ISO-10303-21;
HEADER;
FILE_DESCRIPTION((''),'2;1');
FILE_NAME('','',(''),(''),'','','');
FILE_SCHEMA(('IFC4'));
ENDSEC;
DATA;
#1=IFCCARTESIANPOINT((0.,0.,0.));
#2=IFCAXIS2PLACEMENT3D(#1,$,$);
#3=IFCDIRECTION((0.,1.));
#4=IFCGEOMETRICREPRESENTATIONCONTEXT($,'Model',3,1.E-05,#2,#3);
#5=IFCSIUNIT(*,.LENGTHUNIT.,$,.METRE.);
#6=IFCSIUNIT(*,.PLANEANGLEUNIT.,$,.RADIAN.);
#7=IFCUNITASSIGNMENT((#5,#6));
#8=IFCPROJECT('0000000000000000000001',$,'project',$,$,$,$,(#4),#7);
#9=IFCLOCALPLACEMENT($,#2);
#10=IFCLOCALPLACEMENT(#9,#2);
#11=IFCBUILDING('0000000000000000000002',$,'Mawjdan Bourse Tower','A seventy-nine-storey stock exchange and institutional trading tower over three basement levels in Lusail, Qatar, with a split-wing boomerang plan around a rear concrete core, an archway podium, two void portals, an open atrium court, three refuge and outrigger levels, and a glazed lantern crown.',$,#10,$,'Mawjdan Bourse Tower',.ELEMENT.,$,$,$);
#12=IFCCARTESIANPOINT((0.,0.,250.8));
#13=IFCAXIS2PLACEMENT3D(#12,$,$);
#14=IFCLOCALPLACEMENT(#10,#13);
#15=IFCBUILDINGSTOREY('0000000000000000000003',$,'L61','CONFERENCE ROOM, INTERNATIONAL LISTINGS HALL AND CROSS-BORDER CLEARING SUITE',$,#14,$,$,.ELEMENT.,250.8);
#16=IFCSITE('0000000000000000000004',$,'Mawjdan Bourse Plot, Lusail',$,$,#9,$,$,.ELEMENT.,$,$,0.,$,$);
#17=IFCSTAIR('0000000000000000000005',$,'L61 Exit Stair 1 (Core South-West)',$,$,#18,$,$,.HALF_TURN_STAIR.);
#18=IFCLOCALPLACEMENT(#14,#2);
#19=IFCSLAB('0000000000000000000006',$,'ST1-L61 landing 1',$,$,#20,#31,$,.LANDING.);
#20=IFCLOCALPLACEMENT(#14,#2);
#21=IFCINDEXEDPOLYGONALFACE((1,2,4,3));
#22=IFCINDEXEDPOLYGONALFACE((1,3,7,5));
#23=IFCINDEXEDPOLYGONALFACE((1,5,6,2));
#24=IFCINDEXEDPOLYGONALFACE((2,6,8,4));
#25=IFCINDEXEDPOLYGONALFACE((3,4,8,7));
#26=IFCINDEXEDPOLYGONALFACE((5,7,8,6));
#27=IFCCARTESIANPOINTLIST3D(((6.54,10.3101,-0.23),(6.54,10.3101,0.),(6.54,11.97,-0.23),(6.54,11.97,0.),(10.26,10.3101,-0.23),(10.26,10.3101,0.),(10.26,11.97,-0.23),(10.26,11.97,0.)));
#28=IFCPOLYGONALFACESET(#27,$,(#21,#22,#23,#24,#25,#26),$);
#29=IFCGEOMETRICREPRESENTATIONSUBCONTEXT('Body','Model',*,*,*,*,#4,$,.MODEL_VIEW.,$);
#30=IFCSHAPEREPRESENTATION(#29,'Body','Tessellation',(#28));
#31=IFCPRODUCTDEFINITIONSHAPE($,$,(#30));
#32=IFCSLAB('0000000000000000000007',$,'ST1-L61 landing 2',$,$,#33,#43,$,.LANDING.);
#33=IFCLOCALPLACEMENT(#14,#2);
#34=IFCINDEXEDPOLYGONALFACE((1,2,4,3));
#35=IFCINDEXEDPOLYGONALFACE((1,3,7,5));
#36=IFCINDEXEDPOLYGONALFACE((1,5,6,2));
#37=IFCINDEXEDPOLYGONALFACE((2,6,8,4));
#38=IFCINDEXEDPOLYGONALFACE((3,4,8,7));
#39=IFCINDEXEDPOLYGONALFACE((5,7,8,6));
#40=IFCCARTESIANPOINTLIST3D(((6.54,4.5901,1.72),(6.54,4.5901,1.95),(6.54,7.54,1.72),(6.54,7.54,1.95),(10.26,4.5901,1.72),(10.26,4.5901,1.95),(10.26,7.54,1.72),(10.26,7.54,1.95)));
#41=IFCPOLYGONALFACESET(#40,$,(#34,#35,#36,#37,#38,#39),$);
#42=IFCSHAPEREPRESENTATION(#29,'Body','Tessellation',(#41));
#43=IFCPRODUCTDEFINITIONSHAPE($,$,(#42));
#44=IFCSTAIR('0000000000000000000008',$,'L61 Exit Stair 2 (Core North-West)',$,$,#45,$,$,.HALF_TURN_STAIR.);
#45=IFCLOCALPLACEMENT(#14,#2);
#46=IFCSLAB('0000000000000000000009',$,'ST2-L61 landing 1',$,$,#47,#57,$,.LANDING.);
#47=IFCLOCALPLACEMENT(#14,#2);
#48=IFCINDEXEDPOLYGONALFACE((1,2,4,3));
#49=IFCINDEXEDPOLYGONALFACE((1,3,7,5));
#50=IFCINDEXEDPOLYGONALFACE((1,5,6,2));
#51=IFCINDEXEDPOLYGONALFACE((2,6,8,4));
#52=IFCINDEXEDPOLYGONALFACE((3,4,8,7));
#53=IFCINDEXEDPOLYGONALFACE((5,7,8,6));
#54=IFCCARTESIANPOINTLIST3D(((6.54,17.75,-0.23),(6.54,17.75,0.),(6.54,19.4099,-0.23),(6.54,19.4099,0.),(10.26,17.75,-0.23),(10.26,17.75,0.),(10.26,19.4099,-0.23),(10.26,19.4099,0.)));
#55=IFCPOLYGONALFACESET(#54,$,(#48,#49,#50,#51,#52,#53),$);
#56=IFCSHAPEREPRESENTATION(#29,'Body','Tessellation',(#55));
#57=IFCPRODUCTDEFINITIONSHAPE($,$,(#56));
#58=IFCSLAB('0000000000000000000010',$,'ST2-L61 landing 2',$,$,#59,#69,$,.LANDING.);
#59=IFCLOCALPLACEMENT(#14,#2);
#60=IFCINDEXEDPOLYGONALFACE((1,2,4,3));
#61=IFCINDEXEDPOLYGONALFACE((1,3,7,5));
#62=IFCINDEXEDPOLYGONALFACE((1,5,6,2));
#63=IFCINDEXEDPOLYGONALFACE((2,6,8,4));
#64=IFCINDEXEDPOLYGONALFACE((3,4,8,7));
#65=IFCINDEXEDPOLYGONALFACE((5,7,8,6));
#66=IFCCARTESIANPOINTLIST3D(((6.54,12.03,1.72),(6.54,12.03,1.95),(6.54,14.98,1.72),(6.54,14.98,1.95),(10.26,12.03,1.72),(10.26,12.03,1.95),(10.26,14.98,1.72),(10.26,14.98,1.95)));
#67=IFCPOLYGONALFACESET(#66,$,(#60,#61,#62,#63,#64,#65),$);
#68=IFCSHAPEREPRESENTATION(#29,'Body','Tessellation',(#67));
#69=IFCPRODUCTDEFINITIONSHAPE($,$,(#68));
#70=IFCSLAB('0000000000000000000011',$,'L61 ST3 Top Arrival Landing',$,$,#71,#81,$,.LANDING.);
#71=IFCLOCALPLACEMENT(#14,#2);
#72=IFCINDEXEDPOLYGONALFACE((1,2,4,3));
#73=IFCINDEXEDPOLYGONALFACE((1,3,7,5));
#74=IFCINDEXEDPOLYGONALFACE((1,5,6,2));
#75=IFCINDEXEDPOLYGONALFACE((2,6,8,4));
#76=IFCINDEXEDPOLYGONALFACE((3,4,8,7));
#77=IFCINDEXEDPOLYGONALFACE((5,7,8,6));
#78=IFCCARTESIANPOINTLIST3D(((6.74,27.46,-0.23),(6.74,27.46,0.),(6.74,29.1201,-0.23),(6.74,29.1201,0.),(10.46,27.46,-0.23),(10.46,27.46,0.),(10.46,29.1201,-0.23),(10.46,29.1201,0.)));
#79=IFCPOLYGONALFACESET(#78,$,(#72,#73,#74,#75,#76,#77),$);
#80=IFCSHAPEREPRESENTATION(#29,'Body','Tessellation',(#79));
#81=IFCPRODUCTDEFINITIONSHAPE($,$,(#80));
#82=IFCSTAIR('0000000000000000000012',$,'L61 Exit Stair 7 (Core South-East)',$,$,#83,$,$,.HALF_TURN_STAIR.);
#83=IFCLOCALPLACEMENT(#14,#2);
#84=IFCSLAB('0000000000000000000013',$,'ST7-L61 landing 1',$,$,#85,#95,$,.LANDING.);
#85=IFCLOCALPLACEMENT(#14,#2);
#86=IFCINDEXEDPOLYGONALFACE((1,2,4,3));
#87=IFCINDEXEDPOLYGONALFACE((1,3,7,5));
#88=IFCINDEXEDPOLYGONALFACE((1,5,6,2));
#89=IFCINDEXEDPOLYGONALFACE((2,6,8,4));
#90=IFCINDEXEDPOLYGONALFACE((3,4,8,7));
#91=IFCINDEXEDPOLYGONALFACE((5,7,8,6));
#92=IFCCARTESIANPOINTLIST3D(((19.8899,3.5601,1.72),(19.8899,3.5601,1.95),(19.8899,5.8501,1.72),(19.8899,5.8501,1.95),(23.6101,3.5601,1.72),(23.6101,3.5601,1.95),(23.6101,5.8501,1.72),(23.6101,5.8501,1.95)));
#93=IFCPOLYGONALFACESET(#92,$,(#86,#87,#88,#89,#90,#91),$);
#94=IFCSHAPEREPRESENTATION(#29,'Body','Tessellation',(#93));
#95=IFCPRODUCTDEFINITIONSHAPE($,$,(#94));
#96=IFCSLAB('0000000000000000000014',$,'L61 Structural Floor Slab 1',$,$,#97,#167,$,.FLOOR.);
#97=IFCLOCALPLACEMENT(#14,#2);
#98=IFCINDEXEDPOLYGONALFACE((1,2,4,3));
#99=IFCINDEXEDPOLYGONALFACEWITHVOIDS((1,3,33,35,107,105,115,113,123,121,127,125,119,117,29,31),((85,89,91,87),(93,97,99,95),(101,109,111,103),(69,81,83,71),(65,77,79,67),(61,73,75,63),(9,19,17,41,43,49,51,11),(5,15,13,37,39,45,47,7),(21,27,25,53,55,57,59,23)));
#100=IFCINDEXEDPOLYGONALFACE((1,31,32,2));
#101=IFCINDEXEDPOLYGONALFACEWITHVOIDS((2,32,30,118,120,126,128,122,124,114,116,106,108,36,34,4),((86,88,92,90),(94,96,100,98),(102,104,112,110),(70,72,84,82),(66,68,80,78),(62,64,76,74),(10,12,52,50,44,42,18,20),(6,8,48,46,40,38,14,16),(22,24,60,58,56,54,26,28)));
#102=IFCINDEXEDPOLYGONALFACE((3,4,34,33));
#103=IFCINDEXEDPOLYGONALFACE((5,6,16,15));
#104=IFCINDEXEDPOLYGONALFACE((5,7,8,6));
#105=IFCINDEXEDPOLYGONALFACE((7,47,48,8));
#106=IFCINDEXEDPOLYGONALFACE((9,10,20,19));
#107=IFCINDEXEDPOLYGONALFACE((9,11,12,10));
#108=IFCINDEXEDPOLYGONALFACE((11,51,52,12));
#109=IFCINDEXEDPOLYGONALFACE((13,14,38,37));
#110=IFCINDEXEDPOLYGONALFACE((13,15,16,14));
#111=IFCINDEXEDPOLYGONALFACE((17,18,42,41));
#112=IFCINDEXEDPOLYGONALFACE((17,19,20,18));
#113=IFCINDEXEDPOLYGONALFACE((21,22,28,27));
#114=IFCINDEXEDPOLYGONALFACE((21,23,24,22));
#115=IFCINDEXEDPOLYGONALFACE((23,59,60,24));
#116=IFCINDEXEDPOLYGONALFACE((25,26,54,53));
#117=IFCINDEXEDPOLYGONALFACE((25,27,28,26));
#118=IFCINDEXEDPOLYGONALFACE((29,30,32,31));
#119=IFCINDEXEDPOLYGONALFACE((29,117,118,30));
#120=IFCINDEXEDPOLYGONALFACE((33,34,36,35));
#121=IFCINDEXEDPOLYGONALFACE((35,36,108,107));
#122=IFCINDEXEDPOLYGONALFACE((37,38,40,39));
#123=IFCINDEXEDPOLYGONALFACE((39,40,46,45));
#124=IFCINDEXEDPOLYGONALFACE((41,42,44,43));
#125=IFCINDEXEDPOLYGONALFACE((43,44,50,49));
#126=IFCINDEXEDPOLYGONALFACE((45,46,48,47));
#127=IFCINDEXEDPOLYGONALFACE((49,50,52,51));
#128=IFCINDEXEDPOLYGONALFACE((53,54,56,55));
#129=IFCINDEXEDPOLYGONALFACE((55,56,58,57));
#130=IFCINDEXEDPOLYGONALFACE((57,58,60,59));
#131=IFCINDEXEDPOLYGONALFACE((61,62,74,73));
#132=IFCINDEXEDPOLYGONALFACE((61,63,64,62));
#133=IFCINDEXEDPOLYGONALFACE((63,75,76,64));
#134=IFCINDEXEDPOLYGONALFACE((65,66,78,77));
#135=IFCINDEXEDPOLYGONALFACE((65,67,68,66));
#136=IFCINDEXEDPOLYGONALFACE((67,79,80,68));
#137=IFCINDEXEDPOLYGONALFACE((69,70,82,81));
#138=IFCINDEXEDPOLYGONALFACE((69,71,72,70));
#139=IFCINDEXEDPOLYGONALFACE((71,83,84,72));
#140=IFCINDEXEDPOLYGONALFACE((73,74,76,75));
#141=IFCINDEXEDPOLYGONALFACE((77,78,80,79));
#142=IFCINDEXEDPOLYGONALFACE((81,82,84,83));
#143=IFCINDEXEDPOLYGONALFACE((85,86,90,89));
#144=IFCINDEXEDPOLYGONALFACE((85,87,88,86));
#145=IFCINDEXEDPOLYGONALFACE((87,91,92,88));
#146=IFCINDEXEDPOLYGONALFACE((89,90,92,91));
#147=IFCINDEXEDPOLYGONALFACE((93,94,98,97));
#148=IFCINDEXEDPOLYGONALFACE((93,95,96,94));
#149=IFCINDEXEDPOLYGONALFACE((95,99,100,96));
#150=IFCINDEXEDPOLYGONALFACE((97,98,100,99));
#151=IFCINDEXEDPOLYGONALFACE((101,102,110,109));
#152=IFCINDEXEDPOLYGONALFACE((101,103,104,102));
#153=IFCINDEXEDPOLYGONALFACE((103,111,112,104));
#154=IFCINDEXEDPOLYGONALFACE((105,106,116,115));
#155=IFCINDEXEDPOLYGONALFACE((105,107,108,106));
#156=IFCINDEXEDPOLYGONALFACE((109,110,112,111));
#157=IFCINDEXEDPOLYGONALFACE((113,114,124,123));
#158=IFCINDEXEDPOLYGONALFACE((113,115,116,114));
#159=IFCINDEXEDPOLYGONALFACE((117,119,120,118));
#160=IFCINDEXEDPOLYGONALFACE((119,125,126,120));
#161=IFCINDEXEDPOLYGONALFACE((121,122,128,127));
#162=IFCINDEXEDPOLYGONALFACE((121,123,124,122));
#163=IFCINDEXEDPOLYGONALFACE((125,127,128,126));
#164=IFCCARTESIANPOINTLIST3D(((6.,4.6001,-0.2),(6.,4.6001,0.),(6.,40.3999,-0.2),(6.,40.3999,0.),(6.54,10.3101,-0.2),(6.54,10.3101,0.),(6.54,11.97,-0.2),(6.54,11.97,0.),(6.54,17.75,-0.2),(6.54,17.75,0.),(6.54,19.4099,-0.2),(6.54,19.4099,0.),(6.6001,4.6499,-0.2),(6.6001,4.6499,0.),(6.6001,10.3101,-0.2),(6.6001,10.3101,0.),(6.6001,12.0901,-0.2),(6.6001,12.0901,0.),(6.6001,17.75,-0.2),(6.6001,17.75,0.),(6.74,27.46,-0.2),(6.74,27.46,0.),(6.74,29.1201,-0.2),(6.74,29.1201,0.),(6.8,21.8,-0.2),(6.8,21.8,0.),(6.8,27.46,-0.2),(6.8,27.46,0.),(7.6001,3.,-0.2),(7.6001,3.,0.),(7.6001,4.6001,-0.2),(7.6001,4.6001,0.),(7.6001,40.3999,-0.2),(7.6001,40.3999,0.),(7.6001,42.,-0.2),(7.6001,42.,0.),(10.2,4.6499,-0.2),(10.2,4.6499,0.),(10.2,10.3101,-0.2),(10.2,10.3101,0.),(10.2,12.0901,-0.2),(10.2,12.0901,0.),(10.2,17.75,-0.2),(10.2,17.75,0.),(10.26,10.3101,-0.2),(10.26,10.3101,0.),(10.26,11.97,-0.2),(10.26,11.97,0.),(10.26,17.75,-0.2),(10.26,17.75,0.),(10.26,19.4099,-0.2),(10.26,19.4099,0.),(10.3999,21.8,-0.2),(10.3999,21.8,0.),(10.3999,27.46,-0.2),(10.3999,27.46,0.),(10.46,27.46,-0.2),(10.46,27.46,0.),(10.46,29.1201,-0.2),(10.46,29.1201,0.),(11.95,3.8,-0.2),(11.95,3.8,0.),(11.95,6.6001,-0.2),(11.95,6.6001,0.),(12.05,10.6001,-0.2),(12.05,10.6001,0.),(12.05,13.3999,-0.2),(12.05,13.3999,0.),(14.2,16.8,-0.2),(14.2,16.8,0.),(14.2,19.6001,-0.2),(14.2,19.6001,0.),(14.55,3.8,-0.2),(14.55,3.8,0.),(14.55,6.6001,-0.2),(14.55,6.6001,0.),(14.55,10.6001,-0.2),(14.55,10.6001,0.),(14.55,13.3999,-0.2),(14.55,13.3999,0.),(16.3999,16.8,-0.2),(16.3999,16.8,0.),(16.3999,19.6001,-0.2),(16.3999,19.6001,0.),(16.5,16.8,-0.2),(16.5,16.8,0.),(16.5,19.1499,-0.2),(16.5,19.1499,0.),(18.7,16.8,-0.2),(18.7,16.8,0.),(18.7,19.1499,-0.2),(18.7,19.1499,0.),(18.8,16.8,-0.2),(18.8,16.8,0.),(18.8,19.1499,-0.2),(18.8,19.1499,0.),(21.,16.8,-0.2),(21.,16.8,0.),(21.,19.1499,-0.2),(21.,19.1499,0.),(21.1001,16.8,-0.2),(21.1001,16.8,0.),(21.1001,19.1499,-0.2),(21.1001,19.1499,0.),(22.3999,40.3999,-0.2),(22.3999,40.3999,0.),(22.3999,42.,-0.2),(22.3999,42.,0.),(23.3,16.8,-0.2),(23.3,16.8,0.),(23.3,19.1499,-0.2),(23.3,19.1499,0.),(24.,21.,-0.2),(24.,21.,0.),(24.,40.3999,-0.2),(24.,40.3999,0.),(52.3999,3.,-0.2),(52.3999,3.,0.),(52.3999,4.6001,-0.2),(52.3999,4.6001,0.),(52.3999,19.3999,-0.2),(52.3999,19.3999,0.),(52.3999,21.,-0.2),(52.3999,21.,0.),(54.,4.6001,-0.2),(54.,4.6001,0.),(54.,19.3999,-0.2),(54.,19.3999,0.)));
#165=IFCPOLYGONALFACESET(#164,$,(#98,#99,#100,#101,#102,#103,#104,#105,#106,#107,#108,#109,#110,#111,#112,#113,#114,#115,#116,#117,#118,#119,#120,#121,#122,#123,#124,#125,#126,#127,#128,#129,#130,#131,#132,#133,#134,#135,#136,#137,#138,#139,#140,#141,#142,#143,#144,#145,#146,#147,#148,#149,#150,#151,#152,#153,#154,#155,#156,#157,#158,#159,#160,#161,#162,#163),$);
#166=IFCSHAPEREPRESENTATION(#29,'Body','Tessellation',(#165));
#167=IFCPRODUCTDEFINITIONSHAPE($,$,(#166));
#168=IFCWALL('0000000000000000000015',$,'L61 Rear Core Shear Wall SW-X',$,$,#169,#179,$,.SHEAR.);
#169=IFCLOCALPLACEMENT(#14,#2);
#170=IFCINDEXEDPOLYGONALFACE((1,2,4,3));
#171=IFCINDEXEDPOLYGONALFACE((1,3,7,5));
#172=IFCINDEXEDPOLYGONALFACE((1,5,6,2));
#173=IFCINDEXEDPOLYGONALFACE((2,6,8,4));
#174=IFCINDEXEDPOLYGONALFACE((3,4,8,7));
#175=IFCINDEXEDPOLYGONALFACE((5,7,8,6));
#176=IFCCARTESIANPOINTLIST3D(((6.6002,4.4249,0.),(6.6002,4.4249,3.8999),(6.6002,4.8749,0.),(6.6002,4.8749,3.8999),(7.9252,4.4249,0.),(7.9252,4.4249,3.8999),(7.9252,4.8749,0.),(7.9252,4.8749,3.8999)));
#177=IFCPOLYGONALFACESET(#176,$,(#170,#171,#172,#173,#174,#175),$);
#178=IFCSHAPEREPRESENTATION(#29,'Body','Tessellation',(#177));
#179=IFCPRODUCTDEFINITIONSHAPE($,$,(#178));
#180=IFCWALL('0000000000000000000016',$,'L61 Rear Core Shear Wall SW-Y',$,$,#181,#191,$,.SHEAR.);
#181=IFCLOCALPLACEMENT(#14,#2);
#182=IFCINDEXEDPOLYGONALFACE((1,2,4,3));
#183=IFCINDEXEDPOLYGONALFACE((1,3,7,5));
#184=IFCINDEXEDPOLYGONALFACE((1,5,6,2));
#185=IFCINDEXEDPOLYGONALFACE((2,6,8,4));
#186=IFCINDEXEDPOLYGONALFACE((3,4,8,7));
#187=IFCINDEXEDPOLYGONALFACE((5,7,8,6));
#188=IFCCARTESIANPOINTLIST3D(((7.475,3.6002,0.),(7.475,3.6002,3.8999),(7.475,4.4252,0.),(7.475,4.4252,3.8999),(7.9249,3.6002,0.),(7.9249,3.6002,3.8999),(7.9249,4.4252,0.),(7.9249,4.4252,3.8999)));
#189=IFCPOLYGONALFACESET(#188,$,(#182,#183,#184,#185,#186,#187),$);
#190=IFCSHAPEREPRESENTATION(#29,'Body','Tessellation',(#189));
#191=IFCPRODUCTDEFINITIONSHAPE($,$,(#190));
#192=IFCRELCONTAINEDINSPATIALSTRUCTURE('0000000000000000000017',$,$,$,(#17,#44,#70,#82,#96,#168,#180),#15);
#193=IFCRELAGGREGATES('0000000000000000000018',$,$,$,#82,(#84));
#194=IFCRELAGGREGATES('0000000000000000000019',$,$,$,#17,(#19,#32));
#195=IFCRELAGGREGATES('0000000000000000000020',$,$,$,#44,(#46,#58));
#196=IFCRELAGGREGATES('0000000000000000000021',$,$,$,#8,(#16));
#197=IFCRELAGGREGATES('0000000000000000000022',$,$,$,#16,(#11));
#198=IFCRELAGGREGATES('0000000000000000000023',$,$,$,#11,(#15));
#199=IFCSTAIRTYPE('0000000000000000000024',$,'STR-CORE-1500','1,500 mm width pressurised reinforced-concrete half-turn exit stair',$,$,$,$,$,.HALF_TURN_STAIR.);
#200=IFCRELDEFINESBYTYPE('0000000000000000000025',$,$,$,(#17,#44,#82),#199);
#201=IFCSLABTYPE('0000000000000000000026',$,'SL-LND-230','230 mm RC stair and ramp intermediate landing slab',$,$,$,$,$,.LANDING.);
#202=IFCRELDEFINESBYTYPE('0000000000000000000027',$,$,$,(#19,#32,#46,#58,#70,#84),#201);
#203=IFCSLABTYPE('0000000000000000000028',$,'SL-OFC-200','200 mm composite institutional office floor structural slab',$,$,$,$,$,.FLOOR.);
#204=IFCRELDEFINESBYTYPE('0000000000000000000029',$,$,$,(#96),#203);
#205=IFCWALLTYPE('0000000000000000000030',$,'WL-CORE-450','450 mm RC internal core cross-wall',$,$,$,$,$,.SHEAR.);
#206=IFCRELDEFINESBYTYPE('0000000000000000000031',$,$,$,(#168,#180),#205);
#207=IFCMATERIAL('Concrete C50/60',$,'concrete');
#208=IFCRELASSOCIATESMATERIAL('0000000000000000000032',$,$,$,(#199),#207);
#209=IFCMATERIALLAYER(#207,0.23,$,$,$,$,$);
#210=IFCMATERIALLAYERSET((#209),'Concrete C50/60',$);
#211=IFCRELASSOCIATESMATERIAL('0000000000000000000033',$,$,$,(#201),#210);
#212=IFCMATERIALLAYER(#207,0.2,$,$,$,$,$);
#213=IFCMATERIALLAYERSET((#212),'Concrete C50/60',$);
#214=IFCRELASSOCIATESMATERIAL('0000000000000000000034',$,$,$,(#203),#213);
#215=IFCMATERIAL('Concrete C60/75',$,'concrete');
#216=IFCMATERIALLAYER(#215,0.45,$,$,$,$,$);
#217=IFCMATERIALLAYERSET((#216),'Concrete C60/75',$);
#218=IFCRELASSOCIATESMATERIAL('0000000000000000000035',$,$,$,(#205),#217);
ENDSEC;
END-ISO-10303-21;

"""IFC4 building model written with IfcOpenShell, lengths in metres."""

from ifc_helpers import new_model, si_unit, direction, frame, frame_2d, origin, place, context, subcontext, project, spatial, polyline, rectangle, outline, extrude, material, layer, layer_set, type_object, element, aggregate, save


model = new_model("IFC4")

# Units and contexts
model_context = context("Model", 3, precision=1e-05, world=origin(), true_north=direction((0.0, 1.0)))
body_context = subcontext(model_context, "Body", "Model", "MODEL_VIEW")
ifc_project = project(units=[si_unit("LENGTHUNIT", "METRE"), si_unit("PLANEANGLEUNIT", "RADIAN")], contexts=[model_context])

# Site, building, storey
site_placement = place(None, origin())
site = spatial("IfcSite", under=ifc_project, at=site_placement, Name="Mawjdan Bourse Plot, Lusail", CompositionType="ELEMENT", RefElevation=0.0)
building_placement = place(site_placement, origin())
building = spatial("IfcBuilding", under=site, at=building_placement, Name="Mawjdan Bourse Tower", Description="A seventy-nine-storey stock exchange and institutional trading tower over three basement levels in Lusail, Qatar, with a split-wing boomerang plan around a rear concrete core, an archway podium, two void portals, an open atrium court, three refuge and outrigger levels, and a glazed lantern crown.", LongName="Mawjdan Bourse Tower", CompositionType="ELEMENT")
storey_placement = place(building_placement, frame((0.0, 0.0, 250.8)))
storey = spatial("IfcBuildingStorey", under=building, at=storey_placement, Name="L61", Description="CONFERENCE ROOM, INTERNATIONAL LISTINGS HALL AND CROSS-BORDER CLEARING SUITE", CompositionType="ELEMENT", Elevation=250.8)

# Stairs, slabs
ifc_material_1 = material(Name="Concrete C50/60", Category="concrete")
stair_type = type_object("IfcStairType", Name="STR-CORE-1500", Description="1,500 mm width pressurised reinforced-concrete half-turn exit stair", PredefinedType="HALF_TURN_STAIR", material=ifc_material_1)
stair_1_placement = place(storey_placement, origin())
stair_1 = element("IfcStair", 1, at=stair_1_placement, inside=storey, type_object=stair_type, Name="L61 Exit Stair 1 (Core South-West)", PredefinedType="HALF_TURN_STAIR")
ifc_layer_1 = layer(ifc_material_1, 0.23)
ifc_layer_set_1 = layer_set([ifc_layer_1], Name="Concrete C50/60")
slab_type_1 = type_object("IfcSlabType", Name="SL-LND-230", Description="230 mm RC stair and ramp intermediate landing slab", PredefinedType="LANDING", material=ifc_layer_set_1)
slab_1_placement = place(storey_placement, frame((0.0, 0.0, -0.23)))
slab_1 = element("IfcSlab", 2, at=slab_1_placement, type_object=slab_type_1, Name="ST1-L61 landing 1", PredefinedType="LANDING", context=body_context, shape_type="SweptSolid", body=[
    extrude(outline(polyline([(6.54, 10.3101), (10.26, 10.3101), (10.26, 11.97), (6.54, 11.97), (6.54, 10.3101)])), origin(), (0.0, 0.0, 1.0), 0.23),
])
slab_2_placement = place(storey_placement, frame((0.0, 0.0, 1.72)))
slab_2 = element("IfcSlab", 3, at=slab_2_placement, type_object=slab_type_1, Name="ST1-L61 landing 2", PredefinedType="LANDING", context=body_context, shape_type="SweptSolid", body=[
    extrude(outline(polyline([(6.54, 4.5901), (10.26, 4.5901), (10.26, 7.54), (6.54, 7.54), (6.54, 4.5901)])), origin(), (0.0, 0.0, 1.0), 0.23),
])
stair_2_placement = place(storey_placement, origin())
stair_2 = element("IfcStair", 4, at=stair_2_placement, inside=storey, type_object=stair_type, Name="L61 Exit Stair 2 (Core North-West)", PredefinedType="HALF_TURN_STAIR")
slab_3_placement = place(storey_placement, frame((0.0, 0.0, -0.23)))
slab_3 = element("IfcSlab", 5, at=slab_3_placement, type_object=slab_type_1, Name="ST2-L61 landing 1", PredefinedType="LANDING", context=body_context, shape_type="SweptSolid", body=[
    extrude(outline(polyline([(6.54, 17.75), (10.26, 17.75), (10.26, 19.4099), (6.54, 19.4099), (6.54, 17.75)])), origin(), (0.0, 0.0, 1.0), 0.23),
])
slab_4_placement = place(storey_placement, frame((0.0, 0.0, 1.72)))
slab_4 = element("IfcSlab", 6, at=slab_4_placement, type_object=slab_type_1, Name="ST2-L61 landing 2", PredefinedType="LANDING", context=body_context, shape_type="SweptSolid", body=[
    extrude(outline(polyline([(6.54, 12.03), (10.26, 12.03), (10.26, 14.98), (6.54, 14.98), (6.54, 12.03)])), origin(), (0.0, 0.0, 1.0), 0.23),
])

# Slab
slab_5_placement = place(storey_placement, frame((0.0, 0.0, -0.23)))
element("IfcSlab", 7, at=slab_5_placement, inside=storey, type_object=slab_type_1, Name="L61 ST3 Top Arrival Landing", PredefinedType="LANDING", context=body_context, shape_type="SweptSolid", body=[
    extrude(outline(polyline([(6.74, 27.46), (10.46, 27.46), (10.46, 29.1201), (6.74, 29.1201), (6.74, 27.46)])), origin(), (0.0, 0.0, 1.0), 0.23),
])

# Stair, slab
stair_3_placement = place(storey_placement, origin())
stair_3 = element("IfcStair", 8, at=stair_3_placement, inside=storey, type_object=stair_type, Name="L61 Exit Stair 7 (Core South-East)", PredefinedType="HALF_TURN_STAIR")
slab_6_placement = place(storey_placement, frame((0.0, 0.0, 1.72)))
slab_6 = element("IfcSlab", 9, at=slab_6_placement, type_object=slab_type_1, Name="ST7-L61 landing 1", PredefinedType="LANDING", context=body_context, shape_type="SweptSolid", body=[
    extrude(outline(polyline([(19.8899, 3.5601), (23.6101, 3.5601), (23.6101, 5.8501), (19.8899, 5.8501), (19.8899, 3.5601)])), origin(), (0.0, 0.0, 1.0), 0.23),
])
aggregate(stair_3, [slab_6])

# Slab
ifc_layer_2 = layer(ifc_material_1, 0.2)
ifc_layer_set_2 = layer_set([ifc_layer_2], Name="Concrete C50/60")
slab_type_2 = type_object("IfcSlabType", Name="SL-OFC-200", Description="200 mm composite institutional office floor structural slab", PredefinedType="FLOOR", material=ifc_layer_set_2)
slab_7_placement = place(storey_placement, frame((0.0, 0.0, -0.2)))
element("IfcSlab", 10, at=slab_7_placement, inside=storey, type_object=slab_type_2, Name="L61 Structural Floor Slab 1", PredefinedType="FLOOR", context=body_context, shape_type="SweptSolid", body=[
    extrude(outline(polyline([(7.6001, 3.0), (52.3999, 3.0), (52.3999, 4.6001), (54.0, 4.6001), (54.0, 19.3999), (52.3999, 19.3999), (52.3999, 21.0), (24.0, 21.0), (24.0, 40.3999), (22.3999, 40.3999), (22.3999, 42.0), (7.6001, 42.0), (7.6001, 40.3999), (6.0, 40.3999), (6.0, 4.6001), (7.6001, 4.6001), (7.6001, 3.0)]), holes=[polyline([(6.54, 11.97), (10.26, 11.97), (10.26, 10.3101), (10.2, 10.3101), (10.2, 4.6499), (6.6001, 4.6499), (6.6001, 10.3101), (6.54, 10.3101), (6.54, 11.97)]), polyline([(6.6001, 12.0901), (6.6001, 17.75), (6.54, 17.75), (6.54, 19.4099), (10.26, 19.4099), (10.26, 17.75), (10.2, 17.75), (10.2, 12.0901), (6.6001, 12.0901)]), polyline([(10.46, 29.1201), (10.46, 27.46), (10.3999, 27.46), (10.3999, 21.8), (6.8, 21.8), (6.8, 27.46), (6.74, 27.46), (6.74, 29.1201), (10.46, 29.1201)]), polyline([(14.55, 3.8), (11.95, 3.8), (11.95, 6.6001), (14.55, 6.6001), (14.55, 3.8)]), polyline([(12.05, 10.6001), (12.05, 13.3999), (14.55, 13.3999), (14.55, 10.6001), (12.05, 10.6001)]), polyline([(16.5, 16.8), (16.5, 19.1499), (18.7, 19.1499), (18.7, 16.8), (16.5, 16.8)]), polyline([(21.0, 16.8), (18.8, 16.8), (18.8, 19.1499), (21.0, 19.1499), (21.0, 16.8)]), polyline([(21.1001, 16.8), (21.1001, 19.1499), (23.3, 19.1499), (23.3, 16.8), (21.1001, 16.8)]), polyline([(14.2, 16.8), (14.2, 19.6001), (16.3999, 19.6001), (16.3999, 16.8), (14.2, 16.8)])]), origin(), (0.0, 0.0, 1.0), 0.2),
])

# Walls
ifc_material_2 = material(Name="Concrete C60/75", Category="concrete")
ifc_layer_3 = layer(ifc_material_2, 0.45)
ifc_layer_set_3 = layer_set([ifc_layer_3], Name="Concrete C60/75")
wall_type_1 = type_object("IfcWallType", Name="WL-CORE-450", Description="450 mm RC internal core cross-wall", PredefinedType="SHEAR", material=ifc_layer_set_3)
wall_1_placement = place(storey_placement, frame((6.6001, 4.6499, 0.0), z_axis=(0.0, 0.0, 1.0), x_axis=(1.0, 0.0, 0.0)))
element("IfcWall", 11, at=wall_1_placement, inside=storey, type_object=wall_type_1, Name="L61 Rear Core Shear Wall SW-X", PredefinedType="SHEAR", context=body_context, shape_type="SweptSolid", body=[
    extrude(rectangle(XDim=1.325, YDim=0.45, at=frame_2d((0.6626, 0.0))), origin(), (0.0, 0.0, 1.0), 3.8999),
])
wall_2_placement = place(storey_placement, frame((7.7, 3.6001, 0.0), z_axis=(0.0, 0.0, 1.0), x_axis=(0.0, 1.0, 0.0)))
element("IfcWall", 12, at=wall_2_placement, inside=storey, type_object=wall_type_1, Name="L61 Rear Core Shear Wall SW-Y", PredefinedType="SHEAR", context=body_context, shape_type="SweptSolid", body=[
    extrude(rectangle(XDim=0.825, YDim=0.45, at=frame_2d((0.4126, 0.0))), origin(), (0.0, 0.0, 1.0), 3.8999),
])

aggregate(stair_1, [slab_1, slab_2])
aggregate(stair_2, [slab_3, slab_4])

save(model, "model.ifc")
